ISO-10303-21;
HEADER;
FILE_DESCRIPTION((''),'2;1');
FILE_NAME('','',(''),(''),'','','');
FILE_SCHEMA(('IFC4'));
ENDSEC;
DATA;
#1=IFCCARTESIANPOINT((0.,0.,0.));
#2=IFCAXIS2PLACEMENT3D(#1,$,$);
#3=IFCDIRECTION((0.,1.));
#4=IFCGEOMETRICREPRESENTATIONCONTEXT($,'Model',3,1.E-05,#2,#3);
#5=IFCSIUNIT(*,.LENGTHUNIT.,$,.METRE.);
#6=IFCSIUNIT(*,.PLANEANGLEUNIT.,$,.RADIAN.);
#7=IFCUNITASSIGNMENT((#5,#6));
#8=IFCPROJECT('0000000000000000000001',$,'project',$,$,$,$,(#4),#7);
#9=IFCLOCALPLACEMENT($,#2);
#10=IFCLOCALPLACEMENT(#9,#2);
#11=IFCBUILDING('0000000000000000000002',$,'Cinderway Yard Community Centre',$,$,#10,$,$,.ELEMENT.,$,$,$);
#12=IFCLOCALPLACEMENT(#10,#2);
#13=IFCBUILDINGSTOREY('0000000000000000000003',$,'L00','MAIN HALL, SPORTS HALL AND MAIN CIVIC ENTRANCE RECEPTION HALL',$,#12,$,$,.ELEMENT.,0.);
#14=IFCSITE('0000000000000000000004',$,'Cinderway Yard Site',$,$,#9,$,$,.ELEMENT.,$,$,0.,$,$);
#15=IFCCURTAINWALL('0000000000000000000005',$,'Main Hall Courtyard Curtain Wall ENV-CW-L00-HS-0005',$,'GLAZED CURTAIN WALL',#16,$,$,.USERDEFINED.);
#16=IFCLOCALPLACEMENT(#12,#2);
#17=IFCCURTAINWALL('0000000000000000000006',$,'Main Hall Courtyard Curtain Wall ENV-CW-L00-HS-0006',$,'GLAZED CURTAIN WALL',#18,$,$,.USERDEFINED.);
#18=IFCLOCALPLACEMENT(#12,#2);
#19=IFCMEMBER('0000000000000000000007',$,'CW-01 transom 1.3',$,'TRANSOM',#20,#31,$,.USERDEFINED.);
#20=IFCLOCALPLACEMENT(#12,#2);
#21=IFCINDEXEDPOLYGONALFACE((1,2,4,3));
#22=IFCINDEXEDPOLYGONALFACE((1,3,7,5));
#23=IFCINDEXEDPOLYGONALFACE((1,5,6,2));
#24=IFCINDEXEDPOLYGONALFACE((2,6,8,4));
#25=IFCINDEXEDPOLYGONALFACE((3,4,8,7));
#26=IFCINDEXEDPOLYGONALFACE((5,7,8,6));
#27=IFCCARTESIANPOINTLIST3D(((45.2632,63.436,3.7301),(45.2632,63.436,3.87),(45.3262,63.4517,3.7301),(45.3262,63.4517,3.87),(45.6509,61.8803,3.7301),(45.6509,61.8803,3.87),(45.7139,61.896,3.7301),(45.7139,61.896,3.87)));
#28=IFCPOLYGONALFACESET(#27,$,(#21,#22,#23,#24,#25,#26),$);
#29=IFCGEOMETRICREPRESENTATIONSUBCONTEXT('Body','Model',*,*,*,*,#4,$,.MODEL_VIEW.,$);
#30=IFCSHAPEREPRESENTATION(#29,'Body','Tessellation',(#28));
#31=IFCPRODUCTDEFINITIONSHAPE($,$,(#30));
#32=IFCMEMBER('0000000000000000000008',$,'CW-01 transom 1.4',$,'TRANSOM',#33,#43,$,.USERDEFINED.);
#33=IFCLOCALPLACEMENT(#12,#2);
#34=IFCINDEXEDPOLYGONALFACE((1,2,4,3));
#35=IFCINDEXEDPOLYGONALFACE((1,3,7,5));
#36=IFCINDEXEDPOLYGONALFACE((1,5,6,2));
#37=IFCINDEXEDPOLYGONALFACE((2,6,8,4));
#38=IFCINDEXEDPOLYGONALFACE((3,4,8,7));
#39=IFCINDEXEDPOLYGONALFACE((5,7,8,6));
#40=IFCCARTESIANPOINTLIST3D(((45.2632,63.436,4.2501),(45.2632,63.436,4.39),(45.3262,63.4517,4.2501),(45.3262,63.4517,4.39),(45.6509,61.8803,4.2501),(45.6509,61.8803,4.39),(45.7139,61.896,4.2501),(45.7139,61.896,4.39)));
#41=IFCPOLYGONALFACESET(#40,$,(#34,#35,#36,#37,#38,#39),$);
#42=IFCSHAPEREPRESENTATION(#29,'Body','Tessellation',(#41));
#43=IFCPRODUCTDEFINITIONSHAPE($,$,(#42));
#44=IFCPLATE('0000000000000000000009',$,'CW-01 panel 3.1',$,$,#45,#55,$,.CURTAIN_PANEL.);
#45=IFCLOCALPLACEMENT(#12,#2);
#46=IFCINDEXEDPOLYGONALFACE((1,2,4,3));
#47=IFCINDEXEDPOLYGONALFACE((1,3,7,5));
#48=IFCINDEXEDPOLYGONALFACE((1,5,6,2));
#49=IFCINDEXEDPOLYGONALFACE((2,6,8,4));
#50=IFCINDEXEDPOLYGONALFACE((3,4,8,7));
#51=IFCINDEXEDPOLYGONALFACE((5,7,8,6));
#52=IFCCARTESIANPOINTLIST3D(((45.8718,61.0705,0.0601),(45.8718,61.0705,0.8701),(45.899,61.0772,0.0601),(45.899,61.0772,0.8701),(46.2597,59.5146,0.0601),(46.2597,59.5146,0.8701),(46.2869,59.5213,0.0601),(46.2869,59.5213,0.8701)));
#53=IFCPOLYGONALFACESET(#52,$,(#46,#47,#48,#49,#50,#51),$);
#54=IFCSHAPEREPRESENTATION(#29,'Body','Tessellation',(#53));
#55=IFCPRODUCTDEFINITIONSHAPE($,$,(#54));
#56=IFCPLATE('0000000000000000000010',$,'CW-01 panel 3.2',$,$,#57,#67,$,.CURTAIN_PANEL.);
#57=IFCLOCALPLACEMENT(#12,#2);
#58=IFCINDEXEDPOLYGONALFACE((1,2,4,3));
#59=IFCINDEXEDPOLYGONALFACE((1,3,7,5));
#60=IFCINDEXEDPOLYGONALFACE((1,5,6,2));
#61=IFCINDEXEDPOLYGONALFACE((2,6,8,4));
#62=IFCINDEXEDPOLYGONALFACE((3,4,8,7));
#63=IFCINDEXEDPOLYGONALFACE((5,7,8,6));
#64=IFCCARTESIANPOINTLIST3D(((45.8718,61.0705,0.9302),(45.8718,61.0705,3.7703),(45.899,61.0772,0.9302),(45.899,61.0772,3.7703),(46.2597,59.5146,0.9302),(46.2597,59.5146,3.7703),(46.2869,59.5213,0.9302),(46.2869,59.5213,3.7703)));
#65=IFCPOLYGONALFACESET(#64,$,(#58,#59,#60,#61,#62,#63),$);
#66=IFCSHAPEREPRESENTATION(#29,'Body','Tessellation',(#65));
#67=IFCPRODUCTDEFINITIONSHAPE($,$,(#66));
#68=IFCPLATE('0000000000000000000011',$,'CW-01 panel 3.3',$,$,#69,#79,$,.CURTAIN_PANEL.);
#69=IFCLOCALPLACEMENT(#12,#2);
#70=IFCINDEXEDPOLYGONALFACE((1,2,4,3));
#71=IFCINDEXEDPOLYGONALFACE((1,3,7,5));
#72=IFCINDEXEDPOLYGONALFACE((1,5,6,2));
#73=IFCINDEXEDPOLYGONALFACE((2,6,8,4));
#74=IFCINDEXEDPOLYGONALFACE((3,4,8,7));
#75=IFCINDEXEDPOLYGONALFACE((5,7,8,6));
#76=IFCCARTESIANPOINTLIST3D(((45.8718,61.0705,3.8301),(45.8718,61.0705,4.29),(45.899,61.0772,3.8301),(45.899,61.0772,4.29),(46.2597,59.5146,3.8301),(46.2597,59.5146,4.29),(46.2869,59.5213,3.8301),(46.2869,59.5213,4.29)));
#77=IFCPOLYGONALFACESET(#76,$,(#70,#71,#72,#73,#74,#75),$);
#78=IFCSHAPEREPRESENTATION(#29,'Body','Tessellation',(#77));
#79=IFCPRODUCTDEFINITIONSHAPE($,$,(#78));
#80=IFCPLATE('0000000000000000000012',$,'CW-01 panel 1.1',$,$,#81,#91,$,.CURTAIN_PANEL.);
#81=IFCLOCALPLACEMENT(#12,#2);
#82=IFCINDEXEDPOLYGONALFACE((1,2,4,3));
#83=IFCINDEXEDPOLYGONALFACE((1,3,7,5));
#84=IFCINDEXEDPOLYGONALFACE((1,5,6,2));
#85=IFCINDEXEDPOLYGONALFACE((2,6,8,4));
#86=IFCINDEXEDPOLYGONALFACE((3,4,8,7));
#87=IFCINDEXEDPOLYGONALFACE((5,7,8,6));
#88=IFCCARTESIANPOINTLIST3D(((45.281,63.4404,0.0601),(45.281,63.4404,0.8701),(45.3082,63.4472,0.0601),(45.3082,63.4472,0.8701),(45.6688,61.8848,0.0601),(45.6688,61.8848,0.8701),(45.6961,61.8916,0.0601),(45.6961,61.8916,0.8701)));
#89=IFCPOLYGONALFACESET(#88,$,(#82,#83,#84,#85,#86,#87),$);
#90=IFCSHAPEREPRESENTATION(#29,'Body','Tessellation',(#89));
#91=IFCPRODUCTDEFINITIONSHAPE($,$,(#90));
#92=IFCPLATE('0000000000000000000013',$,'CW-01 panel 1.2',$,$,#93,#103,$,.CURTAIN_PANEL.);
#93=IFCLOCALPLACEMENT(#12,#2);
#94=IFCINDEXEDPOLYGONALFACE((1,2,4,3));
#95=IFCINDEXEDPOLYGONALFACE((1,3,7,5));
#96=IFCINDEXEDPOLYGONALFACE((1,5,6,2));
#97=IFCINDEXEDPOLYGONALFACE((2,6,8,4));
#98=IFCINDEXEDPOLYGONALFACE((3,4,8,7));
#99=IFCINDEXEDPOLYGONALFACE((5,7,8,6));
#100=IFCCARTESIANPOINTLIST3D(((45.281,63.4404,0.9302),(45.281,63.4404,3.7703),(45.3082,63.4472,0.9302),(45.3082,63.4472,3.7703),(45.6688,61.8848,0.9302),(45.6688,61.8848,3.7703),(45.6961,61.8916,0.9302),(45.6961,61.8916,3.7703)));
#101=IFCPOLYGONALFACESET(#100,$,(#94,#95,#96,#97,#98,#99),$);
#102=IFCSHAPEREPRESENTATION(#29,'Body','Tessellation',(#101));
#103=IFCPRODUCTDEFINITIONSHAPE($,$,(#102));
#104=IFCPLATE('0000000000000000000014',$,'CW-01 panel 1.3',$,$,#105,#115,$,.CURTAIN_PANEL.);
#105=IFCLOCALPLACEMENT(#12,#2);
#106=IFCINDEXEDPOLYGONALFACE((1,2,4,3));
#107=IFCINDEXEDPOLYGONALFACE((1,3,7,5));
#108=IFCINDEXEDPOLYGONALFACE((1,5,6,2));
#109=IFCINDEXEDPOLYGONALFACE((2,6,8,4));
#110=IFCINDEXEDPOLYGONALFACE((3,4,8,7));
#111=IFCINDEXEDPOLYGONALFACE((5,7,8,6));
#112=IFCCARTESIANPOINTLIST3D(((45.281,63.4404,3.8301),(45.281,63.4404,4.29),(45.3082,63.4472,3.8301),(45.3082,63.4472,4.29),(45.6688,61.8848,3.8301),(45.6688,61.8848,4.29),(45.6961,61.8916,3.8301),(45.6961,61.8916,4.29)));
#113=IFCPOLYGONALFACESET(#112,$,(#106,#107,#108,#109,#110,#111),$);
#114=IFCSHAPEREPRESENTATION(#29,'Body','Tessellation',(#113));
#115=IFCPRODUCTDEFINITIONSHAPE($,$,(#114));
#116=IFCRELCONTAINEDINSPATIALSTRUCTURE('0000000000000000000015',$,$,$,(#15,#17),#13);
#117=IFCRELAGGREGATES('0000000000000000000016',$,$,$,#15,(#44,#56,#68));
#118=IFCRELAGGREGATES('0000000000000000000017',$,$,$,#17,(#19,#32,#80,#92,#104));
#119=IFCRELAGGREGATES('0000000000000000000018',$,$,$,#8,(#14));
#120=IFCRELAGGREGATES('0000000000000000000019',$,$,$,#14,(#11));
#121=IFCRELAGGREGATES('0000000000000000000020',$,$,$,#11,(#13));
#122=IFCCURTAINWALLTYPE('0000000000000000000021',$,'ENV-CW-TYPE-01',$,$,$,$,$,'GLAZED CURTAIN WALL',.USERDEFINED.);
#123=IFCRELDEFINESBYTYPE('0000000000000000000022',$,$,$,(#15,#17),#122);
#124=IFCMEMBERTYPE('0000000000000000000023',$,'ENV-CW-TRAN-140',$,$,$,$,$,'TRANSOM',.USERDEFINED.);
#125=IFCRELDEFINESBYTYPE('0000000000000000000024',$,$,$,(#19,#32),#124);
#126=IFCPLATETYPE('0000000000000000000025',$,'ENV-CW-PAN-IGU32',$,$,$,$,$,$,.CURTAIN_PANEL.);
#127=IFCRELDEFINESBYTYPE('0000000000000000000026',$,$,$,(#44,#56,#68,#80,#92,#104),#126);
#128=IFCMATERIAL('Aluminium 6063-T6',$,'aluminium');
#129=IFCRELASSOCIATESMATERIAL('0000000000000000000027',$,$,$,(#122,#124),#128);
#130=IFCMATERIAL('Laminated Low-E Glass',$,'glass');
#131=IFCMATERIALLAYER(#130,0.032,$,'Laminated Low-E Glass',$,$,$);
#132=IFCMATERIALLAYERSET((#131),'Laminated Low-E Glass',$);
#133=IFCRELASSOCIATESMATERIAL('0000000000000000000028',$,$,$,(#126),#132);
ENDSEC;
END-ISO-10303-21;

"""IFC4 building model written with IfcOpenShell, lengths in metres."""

from ifc_helpers import new_model, si_unit, direction, frame, origin, origin_2d, place, context, subcontext, project, spatial, rectangle, extrude, material, layer, layer_set, material_profile, profile_set, type_object, element, aggregate, save


model = new_model("IFC4")

# Units and contexts
model_context = context("Model", 3, precision=1e-05, world=origin(), true_north=direction((0.0, 1.0)))
body_context = subcontext(model_context, "Body", "Model", "MODEL_VIEW")
ifc_project = project(units=[si_unit("LENGTHUNIT", "METRE"), si_unit("PLANEANGLEUNIT", "RADIAN")], contexts=[model_context])

# Site, building, storey
site_placement = place(None, origin())
site = spatial("IfcSite", under=ifc_project, at=site_placement, Name="Cinderway Yard Site", CompositionType="ELEMENT", RefElevation=0.0)
building_placement = place(site_placement, origin())
building = spatial("IfcBuilding", under=site, at=building_placement, Name="Cinderway Yard Community Centre", CompositionType="ELEMENT")
storey_placement = place(building_placement, origin())
storey = spatial("IfcBuildingStorey", under=building, at=storey_placement, Name="L00", Description="MAIN HALL, SPORTS HALL AND MAIN CIVIC ENTRANCE RECEPTION HALL", CompositionType="ELEMENT", Elevation=0.0)

# Curtain wall
ifc_material_1 = material(Name="Aluminium 6063-T6", Category="aluminium")
curtain_wall_type = type_object("IfcCurtainWallType", Name="ENV-CW-TYPE-01", ElementType="GLAZED CURTAIN WALL", PredefinedType="USERDEFINED", material=ifc_material_1)
curtain_wall_1_placement = place(storey_placement, origin())
curtain_wall_1 = element("IfcCurtainWall", 1, at=curtain_wall_1_placement, inside=storey, type_object=curtain_wall_type, Name="Main Hall Courtyard Curtain Wall ENV-CW-L00-HS-0005", ObjectType="GLAZED CURTAIN WALL", PredefinedType="USERDEFINED")

# Curtain wall
curtain_wall_2_placement = place(storey_placement, origin())
curtain_wall_2 = element("IfcCurtainWall", 2, at=curtain_wall_2_placement, inside=storey, type_object=curtain_wall_type, Name="Main Hall Courtyard Curtain Wall ENV-CW-L00-HS-0006", ObjectType="GLAZED CURTAIN WALL", PredefinedType="USERDEFINED")

# Members
ifc_material_profile_1 = material_profile(ifc_material_1, rectangle(XDim=0.0649, YDim=0.1399, at=origin_2d()), Name="Aluminium 6063-T6")
ifc_profile_set_1 = profile_set([ifc_material_profile_1], Name="Aluminium 6063-T6")
member_type_1 = type_object("IfcMemberType", Name="ENV-CW-TRAN-140", ElementType="TRANSOM", PredefinedType="USERDEFINED", material=ifc_profile_set_1)
member_1_placement = place(storey_placement, frame((45.6824, 61.8882, 3.8), z_axis=(-0.241819, 0.970321, 0.0), x_axis=(-0.970321, -0.241819, 0.0)))
member_1 = element("IfcMember", 3, at=member_1_placement, type_object=member_type_1, Name="CW-01 transom 1.3", ObjectType="TRANSOM", PredefinedType="USERDEFINED", context=body_context, shape_type="SweptSolid", body=[
    extrude(rectangle(XDim=0.0649, YDim=0.1399, at=origin_2d()), origin(), (0.0, 0.0, 1.0), 1.6033),
])
member_2_placement = place(storey_placement, frame((45.6824, 61.8882, 4.3201), z_axis=(-0.241819, 0.970321, 0.0), x_axis=(-0.970321, -0.241819, 0.0)))
member_2 = element("IfcMember", 4, at=member_2_placement, type_object=member_type_1, Name="CW-01 transom 1.4", ObjectType="TRANSOM", PredefinedType="USERDEFINED", context=body_context, shape_type="SweptSolid", body=[
    extrude(rectangle(XDim=0.0649, YDim=0.1399, at=origin_2d()), origin(), (0.0, 0.0, 1.0), 1.6033),
])

# Plates
ifc_material_2 = material(Name="Laminated Low-E Glass", Category="glass")
ifc_layer = layer(ifc_material_2, 0.032, Name="Laminated Low-E Glass")
ifc_layer_set = layer_set([ifc_layer], Name="Laminated Low-E Glass")
plate_type = type_object("IfcPlateType", Name="ENV-CW-PAN-IGU32", PredefinedType="CURTAIN_PANEL", material=ifc_layer_set)
plate_1_placement = place(storey_placement, frame((46.0793, 60.2959, 0.0601), z_axis=(0.0, 0.0, 1.0), x_axis=(-0.241887, 0.970304, 0.0)))
plate_1 = element("IfcPlate", 5, at=plate_1_placement, type_object=plate_type, Name="CW-01 panel 3.1", PredefinedType="CURTAIN_PANEL", context=body_context, shape_type="SweptSolid", body=[
    extrude(rectangle(XDim=1.6035, YDim=0.0281, at=origin_2d()), origin(), (0.0, 0.0, 1.0), 0.8101),
])
plate_2_placement = place(storey_placement, frame((46.0793, 60.2959, 0.9302), z_axis=(0.0, 0.0, 1.0), x_axis=(-0.241887, 0.970304, 0.0)))
plate_2 = element("IfcPlate", 6, at=plate_2_placement, type_object=plate_type, Name="CW-01 panel 3.2", PredefinedType="CURTAIN_PANEL", context=body_context, shape_type="SweptSolid", body=[
    extrude(rectangle(XDim=1.6035, YDim=0.0281, at=origin_2d()), origin(), (0.0, 0.0, 1.0), 2.8401),
])
plate_3_placement = place(storey_placement, frame((46.0793, 60.2959, 3.8301), z_axis=(0.0, 0.0, 1.0), x_axis=(-0.241887, 0.970304, 0.0)))
plate_3 = element("IfcPlate", 7, at=plate_3_placement, type_object=plate_type, Name="CW-01 panel 3.3", PredefinedType="CURTAIN_PANEL", context=body_context, shape_type="SweptSolid", body=[
    extrude(rectangle(XDim=1.6035, YDim=0.0281, at=origin_2d()), origin(), (0.0, 0.0, 1.0), 0.46),
])
aggregate(curtain_wall_1, [plate_1, plate_2, plate_3])
plate_4_placement = place(storey_placement, frame((45.4885, 62.666, 0.0601), z_axis=(0.0, 0.0, 1.0), x_axis=(-0.241933, 0.970293, 0.0)))
plate_4 = element("IfcPlate", 8, at=plate_4_placement, type_object=plate_type, Name="CW-01 panel 1.1", PredefinedType="CURTAIN_PANEL", context=body_context, shape_type="SweptSolid", body=[
    extrude(rectangle(XDim=1.6033, YDim=0.0281, at=origin_2d()), origin(), (0.0, 0.0, 1.0), 0.8101),
])
plate_5_placement = place(storey_placement, frame((45.4885, 62.666, 0.9302), z_axis=(0.0, 0.0, 1.0), x_axis=(-0.241933, 0.970293, 0.0)))
plate_5 = element("IfcPlate", 9, at=plate_5_placement, type_object=plate_type, Name="CW-01 panel 1.2", PredefinedType="CURTAIN_PANEL", context=body_context, shape_type="SweptSolid", body=[
    extrude(rectangle(XDim=1.6033, YDim=0.0281, at=origin_2d()), origin(), (0.0, 0.0, 1.0), 2.8401),
])
plate_6_placement = place(storey_placement, frame((45.4885, 62.666, 3.8301), z_axis=(0.0, 0.0, 1.0), x_axis=(-0.241933, 0.970293, 0.0)))
plate_6 = element("IfcPlate", 10, at=plate_6_placement, type_object=plate_type, Name="CW-01 panel 1.3", PredefinedType="CURTAIN_PANEL", context=body_context, shape_type="SweptSolid", body=[
    extrude(rectangle(XDim=1.6033, YDim=0.0281, at=origin_2d()), origin(), (0.0, 0.0, 1.0), 0.46),
])
aggregate(curtain_wall_2, [member_1, member_2, plate_4, plate_5, plate_6])

save(model, "model.ifc")
